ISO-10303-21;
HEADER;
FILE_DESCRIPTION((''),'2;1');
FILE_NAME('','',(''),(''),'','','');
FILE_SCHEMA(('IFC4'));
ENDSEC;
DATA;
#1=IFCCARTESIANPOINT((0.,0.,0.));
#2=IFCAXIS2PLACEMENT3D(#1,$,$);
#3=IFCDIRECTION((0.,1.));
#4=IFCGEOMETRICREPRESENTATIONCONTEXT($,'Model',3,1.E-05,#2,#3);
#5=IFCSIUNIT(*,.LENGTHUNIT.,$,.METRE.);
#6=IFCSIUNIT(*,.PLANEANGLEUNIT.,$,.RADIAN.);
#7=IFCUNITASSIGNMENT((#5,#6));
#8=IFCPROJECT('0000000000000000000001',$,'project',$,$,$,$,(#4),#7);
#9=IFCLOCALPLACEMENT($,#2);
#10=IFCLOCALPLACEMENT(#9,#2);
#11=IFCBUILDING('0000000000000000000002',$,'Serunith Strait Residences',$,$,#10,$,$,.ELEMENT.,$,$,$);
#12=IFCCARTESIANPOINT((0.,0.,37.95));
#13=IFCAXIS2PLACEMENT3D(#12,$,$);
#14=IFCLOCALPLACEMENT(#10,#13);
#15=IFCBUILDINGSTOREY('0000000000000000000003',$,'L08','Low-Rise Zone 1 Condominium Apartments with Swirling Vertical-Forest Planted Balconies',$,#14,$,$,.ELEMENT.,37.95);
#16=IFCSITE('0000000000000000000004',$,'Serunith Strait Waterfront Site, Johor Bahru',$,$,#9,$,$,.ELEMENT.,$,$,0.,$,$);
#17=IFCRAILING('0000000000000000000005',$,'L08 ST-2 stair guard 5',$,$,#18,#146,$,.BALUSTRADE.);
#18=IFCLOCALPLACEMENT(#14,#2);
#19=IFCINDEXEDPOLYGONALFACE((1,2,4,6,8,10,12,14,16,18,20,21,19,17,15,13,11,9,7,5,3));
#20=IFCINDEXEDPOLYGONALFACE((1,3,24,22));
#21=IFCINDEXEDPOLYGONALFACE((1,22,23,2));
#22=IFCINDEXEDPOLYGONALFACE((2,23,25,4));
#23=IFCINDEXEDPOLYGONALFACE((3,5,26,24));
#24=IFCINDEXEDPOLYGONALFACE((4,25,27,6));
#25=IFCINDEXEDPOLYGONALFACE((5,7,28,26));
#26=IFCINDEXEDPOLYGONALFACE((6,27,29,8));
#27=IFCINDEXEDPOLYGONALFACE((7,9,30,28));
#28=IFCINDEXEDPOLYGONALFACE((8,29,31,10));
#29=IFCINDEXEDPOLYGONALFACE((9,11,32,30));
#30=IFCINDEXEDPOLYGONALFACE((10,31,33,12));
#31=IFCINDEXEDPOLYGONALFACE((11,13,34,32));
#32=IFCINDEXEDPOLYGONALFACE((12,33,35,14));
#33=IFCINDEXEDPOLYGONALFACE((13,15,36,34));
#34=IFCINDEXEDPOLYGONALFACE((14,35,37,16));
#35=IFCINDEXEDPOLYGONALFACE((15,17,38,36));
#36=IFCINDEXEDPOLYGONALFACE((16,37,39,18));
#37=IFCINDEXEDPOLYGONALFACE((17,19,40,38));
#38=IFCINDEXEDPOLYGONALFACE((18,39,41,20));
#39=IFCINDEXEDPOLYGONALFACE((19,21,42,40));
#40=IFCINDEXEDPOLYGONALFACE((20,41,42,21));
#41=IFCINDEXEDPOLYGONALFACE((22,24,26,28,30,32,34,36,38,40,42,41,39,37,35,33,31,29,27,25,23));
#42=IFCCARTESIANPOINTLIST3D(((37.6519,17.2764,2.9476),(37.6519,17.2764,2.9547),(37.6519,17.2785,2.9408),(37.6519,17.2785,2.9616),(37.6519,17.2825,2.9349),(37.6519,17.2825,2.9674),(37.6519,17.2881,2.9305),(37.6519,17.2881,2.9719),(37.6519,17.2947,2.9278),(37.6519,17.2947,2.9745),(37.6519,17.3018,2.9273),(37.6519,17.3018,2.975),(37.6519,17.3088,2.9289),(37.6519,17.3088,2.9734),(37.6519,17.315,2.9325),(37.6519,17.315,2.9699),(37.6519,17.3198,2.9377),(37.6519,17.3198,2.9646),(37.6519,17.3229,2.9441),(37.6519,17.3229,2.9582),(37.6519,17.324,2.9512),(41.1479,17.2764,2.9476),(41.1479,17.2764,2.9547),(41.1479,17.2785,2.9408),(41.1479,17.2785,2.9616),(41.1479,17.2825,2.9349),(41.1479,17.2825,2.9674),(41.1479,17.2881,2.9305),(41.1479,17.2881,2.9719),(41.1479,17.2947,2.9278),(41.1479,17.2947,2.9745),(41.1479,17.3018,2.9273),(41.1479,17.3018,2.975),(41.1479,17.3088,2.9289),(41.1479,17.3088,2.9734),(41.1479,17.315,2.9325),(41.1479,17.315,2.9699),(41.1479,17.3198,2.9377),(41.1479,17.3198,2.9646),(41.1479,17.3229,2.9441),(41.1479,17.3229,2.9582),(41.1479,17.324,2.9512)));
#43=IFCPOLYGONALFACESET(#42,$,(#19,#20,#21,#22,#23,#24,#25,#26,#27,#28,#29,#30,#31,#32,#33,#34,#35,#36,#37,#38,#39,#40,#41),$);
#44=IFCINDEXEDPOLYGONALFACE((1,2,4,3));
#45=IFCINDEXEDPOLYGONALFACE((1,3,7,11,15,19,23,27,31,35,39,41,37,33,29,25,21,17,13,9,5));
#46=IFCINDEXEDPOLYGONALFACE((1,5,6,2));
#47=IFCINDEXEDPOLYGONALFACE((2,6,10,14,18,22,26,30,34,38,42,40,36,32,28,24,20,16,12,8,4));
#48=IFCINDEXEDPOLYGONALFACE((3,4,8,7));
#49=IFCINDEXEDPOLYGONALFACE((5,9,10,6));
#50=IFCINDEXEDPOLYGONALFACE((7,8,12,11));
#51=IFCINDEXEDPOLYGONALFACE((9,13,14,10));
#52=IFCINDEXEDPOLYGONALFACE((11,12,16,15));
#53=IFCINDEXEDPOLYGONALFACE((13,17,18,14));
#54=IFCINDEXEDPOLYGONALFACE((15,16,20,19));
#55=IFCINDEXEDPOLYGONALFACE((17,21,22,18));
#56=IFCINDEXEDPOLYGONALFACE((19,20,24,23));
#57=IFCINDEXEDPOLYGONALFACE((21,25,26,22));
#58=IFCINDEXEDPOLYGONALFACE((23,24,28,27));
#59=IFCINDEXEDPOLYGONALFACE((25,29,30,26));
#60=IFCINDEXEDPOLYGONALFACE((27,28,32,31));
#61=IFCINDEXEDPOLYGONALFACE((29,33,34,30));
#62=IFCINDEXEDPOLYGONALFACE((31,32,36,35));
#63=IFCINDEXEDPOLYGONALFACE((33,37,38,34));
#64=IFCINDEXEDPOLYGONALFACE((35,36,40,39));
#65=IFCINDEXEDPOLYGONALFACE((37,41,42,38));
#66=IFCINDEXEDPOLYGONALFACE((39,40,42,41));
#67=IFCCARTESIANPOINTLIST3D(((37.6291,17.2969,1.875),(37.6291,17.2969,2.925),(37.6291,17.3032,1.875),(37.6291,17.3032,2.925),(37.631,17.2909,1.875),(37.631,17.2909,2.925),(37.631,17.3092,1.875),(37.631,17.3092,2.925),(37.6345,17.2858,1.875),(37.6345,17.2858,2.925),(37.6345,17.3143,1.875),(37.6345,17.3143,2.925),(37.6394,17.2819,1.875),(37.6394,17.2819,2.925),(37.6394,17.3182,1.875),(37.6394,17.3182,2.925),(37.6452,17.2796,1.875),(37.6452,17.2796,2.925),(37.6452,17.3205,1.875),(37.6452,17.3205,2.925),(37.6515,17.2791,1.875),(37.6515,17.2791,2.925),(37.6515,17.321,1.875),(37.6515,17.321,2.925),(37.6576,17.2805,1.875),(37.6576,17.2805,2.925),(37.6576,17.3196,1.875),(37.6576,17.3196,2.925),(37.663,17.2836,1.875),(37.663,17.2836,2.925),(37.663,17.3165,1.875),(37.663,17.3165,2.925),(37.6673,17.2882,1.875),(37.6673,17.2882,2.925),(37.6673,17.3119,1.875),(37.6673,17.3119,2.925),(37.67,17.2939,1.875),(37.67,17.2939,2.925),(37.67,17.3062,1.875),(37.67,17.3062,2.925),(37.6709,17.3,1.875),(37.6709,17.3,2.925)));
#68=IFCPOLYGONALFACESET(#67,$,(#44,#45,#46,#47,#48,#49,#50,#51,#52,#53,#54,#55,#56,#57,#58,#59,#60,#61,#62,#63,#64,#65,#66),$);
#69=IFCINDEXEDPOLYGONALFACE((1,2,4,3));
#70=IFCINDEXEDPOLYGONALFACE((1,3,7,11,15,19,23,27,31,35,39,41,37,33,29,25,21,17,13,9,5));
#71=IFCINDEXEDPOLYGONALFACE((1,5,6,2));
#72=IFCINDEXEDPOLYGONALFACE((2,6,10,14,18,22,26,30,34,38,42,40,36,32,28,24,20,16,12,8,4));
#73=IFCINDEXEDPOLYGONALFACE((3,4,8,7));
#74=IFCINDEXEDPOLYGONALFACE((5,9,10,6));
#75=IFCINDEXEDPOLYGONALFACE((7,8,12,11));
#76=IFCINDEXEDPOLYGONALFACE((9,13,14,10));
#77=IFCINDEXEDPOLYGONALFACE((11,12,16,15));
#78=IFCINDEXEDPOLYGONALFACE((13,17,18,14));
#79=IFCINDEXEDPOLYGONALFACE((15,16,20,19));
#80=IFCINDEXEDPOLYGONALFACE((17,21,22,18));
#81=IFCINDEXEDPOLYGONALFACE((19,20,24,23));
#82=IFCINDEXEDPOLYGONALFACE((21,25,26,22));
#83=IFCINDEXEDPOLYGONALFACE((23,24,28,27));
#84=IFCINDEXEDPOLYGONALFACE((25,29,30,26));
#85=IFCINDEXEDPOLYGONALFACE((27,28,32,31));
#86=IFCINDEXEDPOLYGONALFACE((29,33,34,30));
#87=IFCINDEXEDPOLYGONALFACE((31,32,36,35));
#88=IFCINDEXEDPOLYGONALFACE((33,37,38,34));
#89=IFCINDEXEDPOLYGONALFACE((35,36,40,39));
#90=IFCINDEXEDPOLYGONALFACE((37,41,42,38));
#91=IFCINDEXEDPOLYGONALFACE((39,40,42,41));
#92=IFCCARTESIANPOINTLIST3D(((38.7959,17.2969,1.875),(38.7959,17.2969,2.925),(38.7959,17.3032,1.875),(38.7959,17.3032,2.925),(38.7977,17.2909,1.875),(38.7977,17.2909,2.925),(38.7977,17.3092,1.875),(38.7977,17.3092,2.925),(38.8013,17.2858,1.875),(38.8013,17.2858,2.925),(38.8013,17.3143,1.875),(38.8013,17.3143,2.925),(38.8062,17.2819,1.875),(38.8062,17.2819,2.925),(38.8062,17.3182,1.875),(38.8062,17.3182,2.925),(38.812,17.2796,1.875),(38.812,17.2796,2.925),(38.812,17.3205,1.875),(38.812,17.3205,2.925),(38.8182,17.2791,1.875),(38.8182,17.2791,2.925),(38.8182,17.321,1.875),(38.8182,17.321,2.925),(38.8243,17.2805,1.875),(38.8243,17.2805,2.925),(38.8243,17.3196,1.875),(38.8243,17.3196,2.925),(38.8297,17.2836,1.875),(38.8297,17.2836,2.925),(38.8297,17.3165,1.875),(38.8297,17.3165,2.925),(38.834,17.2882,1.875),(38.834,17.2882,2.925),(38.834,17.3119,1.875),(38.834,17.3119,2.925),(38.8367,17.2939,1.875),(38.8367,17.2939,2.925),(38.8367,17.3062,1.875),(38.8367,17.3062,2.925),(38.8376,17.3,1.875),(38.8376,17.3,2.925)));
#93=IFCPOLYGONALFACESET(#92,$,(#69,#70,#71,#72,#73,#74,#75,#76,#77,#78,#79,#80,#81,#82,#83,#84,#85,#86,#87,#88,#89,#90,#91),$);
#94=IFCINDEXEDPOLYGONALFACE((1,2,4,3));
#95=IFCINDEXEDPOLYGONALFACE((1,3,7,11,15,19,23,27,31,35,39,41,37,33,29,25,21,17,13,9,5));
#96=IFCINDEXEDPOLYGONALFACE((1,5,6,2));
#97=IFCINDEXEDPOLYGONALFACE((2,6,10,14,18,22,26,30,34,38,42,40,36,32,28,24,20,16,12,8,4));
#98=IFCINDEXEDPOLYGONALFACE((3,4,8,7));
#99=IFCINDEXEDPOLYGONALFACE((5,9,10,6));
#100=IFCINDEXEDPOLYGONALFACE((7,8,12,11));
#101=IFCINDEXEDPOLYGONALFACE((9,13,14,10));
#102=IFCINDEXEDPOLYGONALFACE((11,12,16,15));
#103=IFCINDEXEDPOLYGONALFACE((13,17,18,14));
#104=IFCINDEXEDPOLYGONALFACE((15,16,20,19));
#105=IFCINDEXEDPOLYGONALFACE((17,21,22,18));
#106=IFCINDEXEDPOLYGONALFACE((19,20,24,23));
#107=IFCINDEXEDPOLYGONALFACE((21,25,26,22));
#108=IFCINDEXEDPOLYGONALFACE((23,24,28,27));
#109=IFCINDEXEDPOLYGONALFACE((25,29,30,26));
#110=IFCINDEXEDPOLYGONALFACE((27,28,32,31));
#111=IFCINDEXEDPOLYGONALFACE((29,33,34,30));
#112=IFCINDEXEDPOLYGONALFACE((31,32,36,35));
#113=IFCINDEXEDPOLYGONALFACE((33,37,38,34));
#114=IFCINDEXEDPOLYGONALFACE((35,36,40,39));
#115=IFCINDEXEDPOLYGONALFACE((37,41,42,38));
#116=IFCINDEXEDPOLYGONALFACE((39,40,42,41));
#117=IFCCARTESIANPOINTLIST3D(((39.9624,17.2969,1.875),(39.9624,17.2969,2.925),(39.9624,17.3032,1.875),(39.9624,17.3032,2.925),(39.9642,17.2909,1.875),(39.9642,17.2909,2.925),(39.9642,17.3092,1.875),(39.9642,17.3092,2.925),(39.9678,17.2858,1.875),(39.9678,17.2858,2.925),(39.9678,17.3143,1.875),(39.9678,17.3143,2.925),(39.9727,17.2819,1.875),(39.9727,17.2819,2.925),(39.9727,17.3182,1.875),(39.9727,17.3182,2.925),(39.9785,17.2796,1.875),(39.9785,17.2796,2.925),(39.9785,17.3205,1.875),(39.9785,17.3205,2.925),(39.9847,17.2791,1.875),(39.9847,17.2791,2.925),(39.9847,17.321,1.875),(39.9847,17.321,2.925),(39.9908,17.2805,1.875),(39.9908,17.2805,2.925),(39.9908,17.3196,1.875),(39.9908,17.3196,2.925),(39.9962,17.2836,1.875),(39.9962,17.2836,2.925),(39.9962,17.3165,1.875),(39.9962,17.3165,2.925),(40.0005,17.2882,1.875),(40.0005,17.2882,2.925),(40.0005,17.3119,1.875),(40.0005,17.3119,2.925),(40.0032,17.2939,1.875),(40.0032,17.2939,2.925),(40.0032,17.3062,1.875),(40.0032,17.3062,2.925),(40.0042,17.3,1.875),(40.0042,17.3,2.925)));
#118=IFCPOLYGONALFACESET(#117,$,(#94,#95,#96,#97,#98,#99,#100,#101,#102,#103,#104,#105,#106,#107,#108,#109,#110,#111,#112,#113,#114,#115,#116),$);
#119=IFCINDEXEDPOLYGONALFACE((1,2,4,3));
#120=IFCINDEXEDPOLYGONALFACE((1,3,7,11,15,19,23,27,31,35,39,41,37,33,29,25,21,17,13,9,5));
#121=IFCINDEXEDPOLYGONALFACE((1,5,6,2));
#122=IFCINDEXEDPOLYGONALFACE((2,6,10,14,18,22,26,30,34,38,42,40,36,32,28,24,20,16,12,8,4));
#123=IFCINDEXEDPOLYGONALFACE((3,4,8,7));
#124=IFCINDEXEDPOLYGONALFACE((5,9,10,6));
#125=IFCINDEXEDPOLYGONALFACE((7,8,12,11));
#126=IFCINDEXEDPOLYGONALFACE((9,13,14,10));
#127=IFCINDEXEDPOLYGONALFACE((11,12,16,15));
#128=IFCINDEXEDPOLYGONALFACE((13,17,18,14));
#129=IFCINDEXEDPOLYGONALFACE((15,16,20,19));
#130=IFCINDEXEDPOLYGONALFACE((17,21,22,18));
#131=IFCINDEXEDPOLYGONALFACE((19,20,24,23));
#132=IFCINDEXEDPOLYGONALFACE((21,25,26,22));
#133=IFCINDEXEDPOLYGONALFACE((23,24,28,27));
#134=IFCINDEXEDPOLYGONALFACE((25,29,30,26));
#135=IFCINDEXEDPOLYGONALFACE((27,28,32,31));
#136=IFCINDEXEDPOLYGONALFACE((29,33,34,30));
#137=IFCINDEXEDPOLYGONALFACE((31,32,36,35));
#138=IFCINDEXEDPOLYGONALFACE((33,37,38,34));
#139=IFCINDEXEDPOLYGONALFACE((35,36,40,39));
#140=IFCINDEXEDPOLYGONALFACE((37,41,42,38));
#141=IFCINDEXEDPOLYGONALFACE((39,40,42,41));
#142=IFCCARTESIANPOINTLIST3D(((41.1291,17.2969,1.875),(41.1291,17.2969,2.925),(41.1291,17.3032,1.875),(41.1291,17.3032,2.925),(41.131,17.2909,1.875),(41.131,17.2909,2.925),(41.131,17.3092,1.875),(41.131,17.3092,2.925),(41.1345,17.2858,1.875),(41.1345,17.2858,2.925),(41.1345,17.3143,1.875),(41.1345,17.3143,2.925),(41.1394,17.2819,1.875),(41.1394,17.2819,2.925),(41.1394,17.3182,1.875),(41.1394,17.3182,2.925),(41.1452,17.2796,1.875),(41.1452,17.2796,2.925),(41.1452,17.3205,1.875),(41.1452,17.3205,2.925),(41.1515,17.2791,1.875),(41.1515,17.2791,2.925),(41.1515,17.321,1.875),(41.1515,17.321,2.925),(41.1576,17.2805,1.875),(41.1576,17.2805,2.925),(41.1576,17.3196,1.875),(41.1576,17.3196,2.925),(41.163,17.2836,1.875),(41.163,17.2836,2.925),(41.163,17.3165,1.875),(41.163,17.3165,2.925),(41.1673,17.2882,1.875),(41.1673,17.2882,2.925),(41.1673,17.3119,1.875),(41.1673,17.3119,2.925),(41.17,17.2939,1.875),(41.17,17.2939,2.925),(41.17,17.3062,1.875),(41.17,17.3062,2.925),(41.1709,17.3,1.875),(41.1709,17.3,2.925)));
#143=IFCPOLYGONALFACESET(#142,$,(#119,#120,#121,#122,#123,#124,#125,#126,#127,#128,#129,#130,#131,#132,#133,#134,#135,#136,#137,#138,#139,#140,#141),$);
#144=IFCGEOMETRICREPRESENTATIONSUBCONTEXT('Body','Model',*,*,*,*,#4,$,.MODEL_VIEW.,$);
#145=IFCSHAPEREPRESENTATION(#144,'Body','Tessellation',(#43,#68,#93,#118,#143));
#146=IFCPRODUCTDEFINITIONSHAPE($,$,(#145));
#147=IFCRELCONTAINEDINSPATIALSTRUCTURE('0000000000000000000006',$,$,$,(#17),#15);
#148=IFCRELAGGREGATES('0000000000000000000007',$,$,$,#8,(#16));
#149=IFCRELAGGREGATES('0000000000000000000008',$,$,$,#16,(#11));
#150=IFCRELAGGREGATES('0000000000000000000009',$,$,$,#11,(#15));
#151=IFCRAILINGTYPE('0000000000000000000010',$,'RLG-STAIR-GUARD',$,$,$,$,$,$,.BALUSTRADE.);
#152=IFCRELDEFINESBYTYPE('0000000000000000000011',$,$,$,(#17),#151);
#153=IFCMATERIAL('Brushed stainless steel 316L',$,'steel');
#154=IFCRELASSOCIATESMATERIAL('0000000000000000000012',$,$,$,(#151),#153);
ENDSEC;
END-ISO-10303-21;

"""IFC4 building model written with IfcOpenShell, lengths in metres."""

from ifc_helpers import new_model, si_unit, direction, frame, origin, origin_2d, place, context, subcontext, project, spatial, circle, extrude, material, type_object, element, save


model = new_model("IFC4")

# Units and contexts
model_context = context("Model", 3, precision=1e-05, world=origin(), true_north=direction((0.0, 1.0)))
body_context = subcontext(model_context, "Body", "Model", "MODEL_VIEW")
ifc_project = project(units=[si_unit("LENGTHUNIT", "METRE"), si_unit("PLANEANGLEUNIT", "RADIAN")], contexts=[model_context])

# Site, building, storey
site_placement = place(None, origin())
site = spatial("IfcSite", under=ifc_project, at=site_placement, Name="Serunith Strait Waterfront Site, Johor Bahru", CompositionType="ELEMENT", RefElevation=0.0)
building_placement = place(site_placement, origin())
building = spatial("IfcBuilding", under=site, at=building_placement, Name="Serunith Strait Residences", CompositionType="ELEMENT")
storey_placement = place(building_placement, frame((0.0, 0.0, 37.95)))
storey = spatial("IfcBuildingStorey", under=building, at=storey_placement, Name="L08", Description="Low-Rise Zone 1 Condominium Apartments with Swirling Vertical-Forest Planted Balconies", CompositionType="ELEMENT", Elevation=37.95)

# Railing
ifc_material_1 = material(Name="Brushed stainless steel 316L", Category="steel")
railing_type_1 = type_object("IfcRailingType", Name="RLG-STAIR-GUARD", PredefinedType="BALUSTRADE", material=ifc_material_1)
railing_1_placement = place(storey_placement, frame((37.6499, 17.3, 1.875)))
element("IfcRailing", 1, at=railing_1_placement, inside=storey, type_object=railing_type_1, Name="L08 ST-2 stair guard 5", PredefinedType="BALUSTRADE", context=body_context, shape_type="SweptSolid", body=[
    extrude(circle(Radius=0.0239, at=origin_2d()), frame((0.002, 0.0, 1.0762), z_axis=(1.0, 0.0, 0.0), x_axis=(0.0, 1.0, 0.0)), (0.0, 0.0, 1.0), 3.4961),
    extrude(circle(Radius=0.021, at=origin_2d()), origin(), (0.0, 0.0, 1.0), 1.05),
    extrude(circle(Radius=0.021, at=origin_2d()), frame((1.1667, 0.0, 0.0)), (0.0, 0.0, 1.0), 1.05),
    extrude(circle(Radius=0.021, at=origin_2d()), frame((2.3333, 0.0, 0.0)), (0.0, 0.0, 1.0), 1.05),
    extrude(circle(Radius=0.021, at=origin_2d()), frame((3.5, 0.0, 0.0)), (0.0, 0.0, 1.0), 1.05),
])

save(model, "model.ifc")
